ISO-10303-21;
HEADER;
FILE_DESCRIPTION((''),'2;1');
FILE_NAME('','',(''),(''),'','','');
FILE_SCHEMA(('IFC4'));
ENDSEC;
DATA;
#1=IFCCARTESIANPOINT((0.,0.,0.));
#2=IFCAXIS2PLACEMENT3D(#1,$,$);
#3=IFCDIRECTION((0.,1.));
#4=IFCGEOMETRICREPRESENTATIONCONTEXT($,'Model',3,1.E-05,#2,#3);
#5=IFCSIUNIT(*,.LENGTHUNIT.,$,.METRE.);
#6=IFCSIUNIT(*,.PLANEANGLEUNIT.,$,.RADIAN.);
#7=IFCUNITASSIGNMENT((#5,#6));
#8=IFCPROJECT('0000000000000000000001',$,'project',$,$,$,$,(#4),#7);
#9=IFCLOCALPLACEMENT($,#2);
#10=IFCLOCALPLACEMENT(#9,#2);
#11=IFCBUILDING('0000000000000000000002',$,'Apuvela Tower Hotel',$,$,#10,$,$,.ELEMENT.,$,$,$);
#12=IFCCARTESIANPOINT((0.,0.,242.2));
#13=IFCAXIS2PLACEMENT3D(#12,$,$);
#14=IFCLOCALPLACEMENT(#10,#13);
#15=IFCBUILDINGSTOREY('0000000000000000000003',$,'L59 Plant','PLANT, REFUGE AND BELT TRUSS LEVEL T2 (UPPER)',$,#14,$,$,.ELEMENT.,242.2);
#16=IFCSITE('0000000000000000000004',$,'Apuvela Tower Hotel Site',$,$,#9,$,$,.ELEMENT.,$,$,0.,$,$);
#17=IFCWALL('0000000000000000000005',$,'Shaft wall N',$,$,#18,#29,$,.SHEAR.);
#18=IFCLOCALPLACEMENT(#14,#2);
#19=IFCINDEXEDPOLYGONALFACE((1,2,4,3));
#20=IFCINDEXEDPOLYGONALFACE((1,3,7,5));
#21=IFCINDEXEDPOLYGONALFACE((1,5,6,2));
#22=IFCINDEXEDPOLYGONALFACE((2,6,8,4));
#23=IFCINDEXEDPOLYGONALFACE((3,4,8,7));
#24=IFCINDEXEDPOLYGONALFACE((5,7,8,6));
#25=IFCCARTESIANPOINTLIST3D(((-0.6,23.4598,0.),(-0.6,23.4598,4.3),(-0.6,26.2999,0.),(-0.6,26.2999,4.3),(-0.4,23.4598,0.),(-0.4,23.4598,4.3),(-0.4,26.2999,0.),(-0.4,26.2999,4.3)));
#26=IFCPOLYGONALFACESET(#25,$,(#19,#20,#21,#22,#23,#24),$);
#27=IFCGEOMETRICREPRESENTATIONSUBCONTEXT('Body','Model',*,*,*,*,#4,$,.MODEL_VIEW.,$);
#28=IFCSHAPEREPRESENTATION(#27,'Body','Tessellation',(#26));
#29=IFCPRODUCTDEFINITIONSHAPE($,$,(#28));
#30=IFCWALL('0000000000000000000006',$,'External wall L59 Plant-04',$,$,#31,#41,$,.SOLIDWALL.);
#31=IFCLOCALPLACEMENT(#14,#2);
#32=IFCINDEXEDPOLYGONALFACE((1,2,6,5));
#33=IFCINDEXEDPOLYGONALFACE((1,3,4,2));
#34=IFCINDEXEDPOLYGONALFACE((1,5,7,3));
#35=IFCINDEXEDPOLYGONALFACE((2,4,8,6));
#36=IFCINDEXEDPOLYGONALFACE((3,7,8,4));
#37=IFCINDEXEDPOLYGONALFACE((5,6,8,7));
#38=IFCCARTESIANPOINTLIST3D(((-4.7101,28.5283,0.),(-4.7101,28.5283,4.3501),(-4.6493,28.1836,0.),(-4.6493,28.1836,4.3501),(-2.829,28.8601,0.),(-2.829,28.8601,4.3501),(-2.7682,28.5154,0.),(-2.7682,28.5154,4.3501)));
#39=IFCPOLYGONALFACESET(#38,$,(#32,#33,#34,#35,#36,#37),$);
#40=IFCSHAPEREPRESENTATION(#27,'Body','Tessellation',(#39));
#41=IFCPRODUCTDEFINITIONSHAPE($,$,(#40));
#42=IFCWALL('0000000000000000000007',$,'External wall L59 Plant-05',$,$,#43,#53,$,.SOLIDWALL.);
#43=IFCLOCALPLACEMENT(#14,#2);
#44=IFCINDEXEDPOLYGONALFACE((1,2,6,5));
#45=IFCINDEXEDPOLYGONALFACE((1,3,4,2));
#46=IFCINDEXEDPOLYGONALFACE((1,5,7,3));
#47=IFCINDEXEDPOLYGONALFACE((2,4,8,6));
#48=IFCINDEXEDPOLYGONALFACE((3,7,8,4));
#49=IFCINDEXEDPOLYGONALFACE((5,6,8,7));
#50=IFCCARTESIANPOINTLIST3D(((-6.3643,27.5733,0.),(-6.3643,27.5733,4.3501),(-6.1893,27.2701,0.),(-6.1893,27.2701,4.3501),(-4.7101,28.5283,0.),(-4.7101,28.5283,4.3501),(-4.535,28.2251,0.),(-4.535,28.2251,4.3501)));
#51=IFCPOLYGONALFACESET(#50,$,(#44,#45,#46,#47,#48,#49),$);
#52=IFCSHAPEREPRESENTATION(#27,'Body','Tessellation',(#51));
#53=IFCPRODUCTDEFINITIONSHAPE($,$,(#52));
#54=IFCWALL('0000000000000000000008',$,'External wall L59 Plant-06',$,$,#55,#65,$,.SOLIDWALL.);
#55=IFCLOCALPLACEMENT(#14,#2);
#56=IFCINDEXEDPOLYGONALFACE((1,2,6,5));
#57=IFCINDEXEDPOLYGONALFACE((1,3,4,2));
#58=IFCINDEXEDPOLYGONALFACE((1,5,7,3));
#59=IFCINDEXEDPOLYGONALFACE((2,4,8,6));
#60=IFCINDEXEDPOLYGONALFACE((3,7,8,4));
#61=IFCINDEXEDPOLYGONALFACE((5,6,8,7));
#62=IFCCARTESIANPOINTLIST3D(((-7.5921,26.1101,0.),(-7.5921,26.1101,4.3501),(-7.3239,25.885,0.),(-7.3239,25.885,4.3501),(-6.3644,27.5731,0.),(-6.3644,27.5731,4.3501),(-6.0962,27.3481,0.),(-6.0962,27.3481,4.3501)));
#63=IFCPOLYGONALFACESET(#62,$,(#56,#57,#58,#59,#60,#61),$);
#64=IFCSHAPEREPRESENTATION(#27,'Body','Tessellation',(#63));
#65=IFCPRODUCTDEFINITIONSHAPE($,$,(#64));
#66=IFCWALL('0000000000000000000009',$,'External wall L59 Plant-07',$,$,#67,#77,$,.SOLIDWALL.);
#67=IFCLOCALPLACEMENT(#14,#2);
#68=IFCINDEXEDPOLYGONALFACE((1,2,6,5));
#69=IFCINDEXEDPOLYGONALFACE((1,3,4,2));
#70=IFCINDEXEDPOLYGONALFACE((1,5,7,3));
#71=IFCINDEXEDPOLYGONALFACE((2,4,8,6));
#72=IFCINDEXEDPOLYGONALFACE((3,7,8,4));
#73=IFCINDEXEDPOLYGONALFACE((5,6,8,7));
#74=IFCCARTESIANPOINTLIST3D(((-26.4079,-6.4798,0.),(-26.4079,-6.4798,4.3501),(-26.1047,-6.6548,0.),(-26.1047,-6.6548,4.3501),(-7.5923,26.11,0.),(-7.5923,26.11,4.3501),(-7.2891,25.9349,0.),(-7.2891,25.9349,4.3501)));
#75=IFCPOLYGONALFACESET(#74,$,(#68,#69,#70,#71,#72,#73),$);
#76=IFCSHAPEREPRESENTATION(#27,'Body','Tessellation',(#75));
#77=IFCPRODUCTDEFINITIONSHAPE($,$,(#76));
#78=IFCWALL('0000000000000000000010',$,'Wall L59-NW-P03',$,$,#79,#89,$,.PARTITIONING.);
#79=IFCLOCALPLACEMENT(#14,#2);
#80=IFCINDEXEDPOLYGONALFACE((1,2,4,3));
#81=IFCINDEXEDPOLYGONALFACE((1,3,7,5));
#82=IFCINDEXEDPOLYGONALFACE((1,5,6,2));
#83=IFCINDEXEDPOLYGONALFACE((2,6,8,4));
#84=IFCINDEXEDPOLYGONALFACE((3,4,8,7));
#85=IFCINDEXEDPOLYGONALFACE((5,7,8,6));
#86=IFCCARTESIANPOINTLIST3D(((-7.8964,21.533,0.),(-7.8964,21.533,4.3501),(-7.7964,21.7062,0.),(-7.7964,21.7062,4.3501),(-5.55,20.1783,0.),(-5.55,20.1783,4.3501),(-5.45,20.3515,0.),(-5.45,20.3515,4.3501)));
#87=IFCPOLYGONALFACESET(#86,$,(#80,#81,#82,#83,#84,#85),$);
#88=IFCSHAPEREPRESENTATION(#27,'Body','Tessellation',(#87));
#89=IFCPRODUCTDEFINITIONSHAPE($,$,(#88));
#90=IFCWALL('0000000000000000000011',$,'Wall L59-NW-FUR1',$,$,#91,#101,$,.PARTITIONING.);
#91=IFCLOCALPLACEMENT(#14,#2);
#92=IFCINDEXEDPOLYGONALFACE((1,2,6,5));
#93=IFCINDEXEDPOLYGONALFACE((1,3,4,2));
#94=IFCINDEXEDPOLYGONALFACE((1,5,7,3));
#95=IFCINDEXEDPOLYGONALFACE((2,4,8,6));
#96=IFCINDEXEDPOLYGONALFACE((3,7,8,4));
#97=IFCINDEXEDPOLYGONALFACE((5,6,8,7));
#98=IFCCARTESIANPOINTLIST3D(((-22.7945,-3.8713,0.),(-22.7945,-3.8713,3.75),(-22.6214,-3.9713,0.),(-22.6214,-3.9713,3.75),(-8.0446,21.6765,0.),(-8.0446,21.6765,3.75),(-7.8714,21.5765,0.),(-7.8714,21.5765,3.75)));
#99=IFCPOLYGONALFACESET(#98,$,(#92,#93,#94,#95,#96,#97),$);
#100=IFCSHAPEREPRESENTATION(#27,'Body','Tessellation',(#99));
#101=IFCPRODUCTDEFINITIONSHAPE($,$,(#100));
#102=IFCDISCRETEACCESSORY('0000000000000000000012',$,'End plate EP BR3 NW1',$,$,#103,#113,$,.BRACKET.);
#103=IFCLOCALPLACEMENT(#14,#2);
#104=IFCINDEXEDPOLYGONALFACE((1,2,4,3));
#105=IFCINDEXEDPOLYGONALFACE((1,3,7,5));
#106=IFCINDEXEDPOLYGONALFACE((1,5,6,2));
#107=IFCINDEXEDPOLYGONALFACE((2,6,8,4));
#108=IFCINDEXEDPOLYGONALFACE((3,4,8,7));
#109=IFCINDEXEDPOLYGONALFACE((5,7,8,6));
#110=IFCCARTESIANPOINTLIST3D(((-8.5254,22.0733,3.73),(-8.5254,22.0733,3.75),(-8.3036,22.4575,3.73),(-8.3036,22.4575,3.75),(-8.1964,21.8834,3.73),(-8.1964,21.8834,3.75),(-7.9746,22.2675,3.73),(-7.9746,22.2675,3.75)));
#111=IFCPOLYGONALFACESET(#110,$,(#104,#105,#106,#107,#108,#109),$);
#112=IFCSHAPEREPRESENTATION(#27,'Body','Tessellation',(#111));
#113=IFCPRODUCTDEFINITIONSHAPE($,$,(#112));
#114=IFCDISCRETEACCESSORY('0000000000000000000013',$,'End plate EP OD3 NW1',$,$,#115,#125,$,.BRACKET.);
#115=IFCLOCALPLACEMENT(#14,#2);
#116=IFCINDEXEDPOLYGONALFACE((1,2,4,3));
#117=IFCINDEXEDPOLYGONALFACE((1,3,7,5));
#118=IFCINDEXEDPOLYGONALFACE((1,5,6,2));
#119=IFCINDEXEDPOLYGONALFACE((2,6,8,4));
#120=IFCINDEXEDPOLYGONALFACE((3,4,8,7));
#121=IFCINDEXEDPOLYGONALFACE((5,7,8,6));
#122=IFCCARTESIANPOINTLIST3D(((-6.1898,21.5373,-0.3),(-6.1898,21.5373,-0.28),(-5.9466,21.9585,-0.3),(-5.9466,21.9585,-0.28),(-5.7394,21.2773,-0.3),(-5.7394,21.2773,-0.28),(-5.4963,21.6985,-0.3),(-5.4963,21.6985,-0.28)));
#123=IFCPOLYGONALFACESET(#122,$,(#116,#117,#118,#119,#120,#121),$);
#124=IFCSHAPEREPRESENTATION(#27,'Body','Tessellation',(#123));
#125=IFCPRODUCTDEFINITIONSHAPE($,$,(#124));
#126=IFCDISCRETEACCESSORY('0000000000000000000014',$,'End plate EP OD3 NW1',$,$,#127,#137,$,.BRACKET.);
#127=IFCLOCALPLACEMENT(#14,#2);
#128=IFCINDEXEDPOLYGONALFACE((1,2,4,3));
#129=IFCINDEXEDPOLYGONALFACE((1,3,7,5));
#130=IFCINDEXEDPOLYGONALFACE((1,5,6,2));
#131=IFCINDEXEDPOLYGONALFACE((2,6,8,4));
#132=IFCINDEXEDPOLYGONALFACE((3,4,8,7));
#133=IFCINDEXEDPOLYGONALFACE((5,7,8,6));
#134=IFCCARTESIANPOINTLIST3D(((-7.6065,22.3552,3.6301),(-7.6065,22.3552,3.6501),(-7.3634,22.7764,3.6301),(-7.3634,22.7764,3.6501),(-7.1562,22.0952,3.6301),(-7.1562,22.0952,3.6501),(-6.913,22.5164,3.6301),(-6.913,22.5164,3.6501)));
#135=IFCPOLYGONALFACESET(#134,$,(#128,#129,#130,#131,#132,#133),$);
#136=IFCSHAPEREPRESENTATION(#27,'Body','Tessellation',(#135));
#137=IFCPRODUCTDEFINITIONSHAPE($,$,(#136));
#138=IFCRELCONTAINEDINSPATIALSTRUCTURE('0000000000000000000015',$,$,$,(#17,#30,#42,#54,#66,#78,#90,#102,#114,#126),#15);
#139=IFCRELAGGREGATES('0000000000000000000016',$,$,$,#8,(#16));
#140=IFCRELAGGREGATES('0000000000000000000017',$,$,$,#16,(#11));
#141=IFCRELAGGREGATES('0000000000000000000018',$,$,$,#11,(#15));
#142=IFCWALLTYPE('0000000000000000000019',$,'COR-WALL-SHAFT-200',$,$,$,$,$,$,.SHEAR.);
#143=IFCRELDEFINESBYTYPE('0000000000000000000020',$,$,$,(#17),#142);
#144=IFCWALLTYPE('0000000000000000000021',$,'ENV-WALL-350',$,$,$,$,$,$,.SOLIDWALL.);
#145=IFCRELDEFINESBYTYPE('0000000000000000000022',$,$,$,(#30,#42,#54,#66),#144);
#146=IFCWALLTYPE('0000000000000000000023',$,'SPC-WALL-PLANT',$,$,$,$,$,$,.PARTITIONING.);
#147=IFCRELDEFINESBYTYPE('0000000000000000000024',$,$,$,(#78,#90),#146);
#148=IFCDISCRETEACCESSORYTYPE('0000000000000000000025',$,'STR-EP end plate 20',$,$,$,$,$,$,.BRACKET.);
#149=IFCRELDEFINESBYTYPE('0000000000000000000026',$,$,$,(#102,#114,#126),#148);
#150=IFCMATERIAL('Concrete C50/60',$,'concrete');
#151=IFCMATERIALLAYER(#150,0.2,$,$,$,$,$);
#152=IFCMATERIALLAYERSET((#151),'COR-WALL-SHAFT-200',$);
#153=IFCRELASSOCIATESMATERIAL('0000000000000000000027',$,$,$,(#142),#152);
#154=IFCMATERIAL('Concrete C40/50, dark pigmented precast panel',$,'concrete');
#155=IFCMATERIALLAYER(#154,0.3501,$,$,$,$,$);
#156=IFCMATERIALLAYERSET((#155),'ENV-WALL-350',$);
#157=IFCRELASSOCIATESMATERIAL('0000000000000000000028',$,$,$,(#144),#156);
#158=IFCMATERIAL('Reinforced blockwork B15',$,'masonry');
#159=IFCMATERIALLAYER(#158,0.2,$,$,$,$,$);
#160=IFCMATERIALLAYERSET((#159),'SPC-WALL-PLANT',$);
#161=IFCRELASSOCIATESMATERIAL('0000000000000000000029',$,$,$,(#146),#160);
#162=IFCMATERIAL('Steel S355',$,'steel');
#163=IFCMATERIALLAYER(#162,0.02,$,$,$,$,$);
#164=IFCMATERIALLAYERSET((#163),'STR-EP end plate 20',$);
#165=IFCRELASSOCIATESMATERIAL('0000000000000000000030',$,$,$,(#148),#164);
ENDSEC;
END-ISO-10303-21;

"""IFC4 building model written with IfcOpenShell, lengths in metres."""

from ifc_helpers import new_model, si_unit, direction, frame, frame_2d, origin, origin_2d, place, context, subcontext, project, spatial, rectangle, extrude, material, layer, layer_set, type_object, element, save


model = new_model("IFC4")

# Units and contexts
model_context = context("Model", 3, precision=1e-05, world=origin(), true_north=direction((0.0, 1.0)))
body_context = subcontext(model_context, "Body", "Model", "MODEL_VIEW")
ifc_project = project(units=[si_unit("LENGTHUNIT", "METRE"), si_unit("PLANEANGLEUNIT", "RADIAN")], contexts=[model_context])

# Site, building, storey
site_placement = place(None, origin())
site = spatial("IfcSite", under=ifc_project, at=site_placement, Name="Apuvela Tower Hotel Site", CompositionType="ELEMENT", RefElevation=0.0)
building_placement = place(site_placement, origin())
building = spatial("IfcBuilding", under=site, at=building_placement, Name="Apuvela Tower Hotel", CompositionType="ELEMENT")
storey_placement = place(building_placement, frame((0.0, 0.0, 242.2)))
storey = spatial("IfcBuildingStorey", under=building, at=storey_placement, Name="L59 Plant", Description="PLANT, REFUGE AND BELT TRUSS LEVEL T2 (UPPER)", CompositionType="ELEMENT", Elevation=242.2)

# Shared definitions
ifc_material_1 = material(Name="Steel S355", Category="steel")

# Shared definitions
ifc_material_2 = material(Name="Concrete C50/60", Category="concrete")
ifc_layer_1 = layer(ifc_material_2, 0.2)
ifc_layer_set_1 = layer_set([ifc_layer_1], Name="COR-WALL-SHAFT-200")
wall_type_1 = type_object("IfcWallType", Name="COR-WALL-SHAFT-200", PredefinedType="SHEAR", material=ifc_layer_set_1)

# Walls
wall_1_placement = place(storey_placement, frame((-0.5, 23.46, 0.0), z_axis=(0.0, 0.0, 1.0), x_axis=(0.0, 1.0, 0.0)))
element("IfcWall", 1, at=wall_1_placement, inside=storey, type_object=wall_type_1, Name="Shaft wall N", PredefinedType="SHEAR", context=body_context, shape_type="SweptSolid", body=[
    extrude(rectangle(XDim=2.8401, YDim=0.2, at=frame_2d((1.4199, 0.0))), origin(), (0.0, 0.0, 1.0), 4.3),
])
ifc_material_3 = material(Name="Concrete C40/50, dark pigmented precast panel", Category="concrete")
ifc_layer_2 = layer(ifc_material_3, 0.3501)
ifc_layer_set_2 = layer_set([ifc_layer_2], Name="ENV-WALL-350")
wall_type_2 = type_object("IfcWallType", Name="ENV-WALL-350", PredefinedType="SOLIDWALL", material=ifc_layer_set_2)
for number, where, z_axis, x_axis, name in (
    (2, (-2.7986, 28.6877, 0.0), (0.0, 0.0, 1.0), (-0.984799, -0.173698, 0.0), "External wall L59 Plant-04"),
    (3, (-4.6226, 28.3767, 0.0), (0.0, 0.0, 1.0), (-0.866032, -0.499988, 0.0), "External wall L59 Plant-05"),
):
    element("IfcWall", number, at=place(storey_placement, frame(where, z_axis=z_axis, x_axis=x_axis)), inside=storey, type_object=wall_type_2, Name=name, PredefinedType="SOLIDWALL", context=body_context, shape_type="SweptSolid", body=[
        extrude(rectangle(XDim=1.9102, YDim=0.3501, at=frame_2d((0.9551, 0.0))), origin(), (0.0, 0.0, 1.0), 4.3501),
    ])
wall_2_placement = place(storey_placement, frame((-6.2302, 27.4607, 0.0), z_axis=(0.0, 0.0, 1.0), x_axis=(-0.642808, -0.766027, 0.0)))
element("IfcWall", 4, at=wall_2_placement, inside=storey, type_object=wall_type_2, Name="External wall L59 Plant-06", PredefinedType="SOLIDWALL", context=body_context, shape_type="SweptSolid", body=[
    extrude(rectangle(XDim=1.9099, YDim=0.3501, at=frame_2d((0.9551, 0.0))), origin(), (0.0, 0.0, 1.0), 4.3501),
])
wall_3_placement = place(storey_placement, frame((-7.4407, 26.0225, 0.0), z_axis=(0.0, 0.0, 1.0), x_axis=(-0.499998, -0.866026, 0.0)))
element("IfcWall", 5, at=wall_3_placement, inside=storey, type_object=wall_type_2, Name="External wall L59 Plant-07", PredefinedType="SOLIDWALL", context=body_context, shape_type="SweptSolid", body=[
    extrude(rectangle(XDim=37.6313, YDim=0.3501, at=frame_2d((18.8157, 0.0))), origin(), (0.0, 0.0, 1.0), 4.3501),
])
ifc_material_4 = material(Name="Reinforced blockwork B15", Category="masonry")
ifc_layer_3 = layer(ifc_material_4, 0.2)
ifc_layer_set_3 = layer_set([ifc_layer_3], Name="SPC-WALL-PLANT")
wall_type_3 = type_object("IfcWallType", Name="SPC-WALL-PLANT", PredefinedType="PARTITIONING", material=ifc_layer_set_3)
wall_4_placement = place(storey_placement, frame((-7.8464, 21.6196, 0.0), z_axis=(0.0, 0.0, 1.0), x_axis=(0.866022, -0.500006, 0.0)))
element("IfcWall", 6, at=wall_4_placement, inside=storey, type_object=wall_type_3, Name="Wall L59-NW-P03", PredefinedType="PARTITIONING", context=body_context, shape_type="SweptSolid", body=[
    extrude(rectangle(XDim=2.7095, YDim=0.2, at=frame_2d((1.3547, 0.0))), origin(), (0.0, 0.0, 1.0), 4.3501),
])
wall_5_placement = place(storey_placement, frame((-7.958, 21.6265, 0.0), z_axis=(0.0, 0.0, 1.0), x_axis=(-0.499999, -0.866026, 0.0)))
element("IfcWall", 7, at=wall_5_placement, inside=storey, type_object=wall_type_3, Name="Wall L59-NW-FUR1", PredefinedType="PARTITIONING", context=body_context, shape_type="SweptSolid", body=[
    extrude(rectangle(XDim=29.5, YDim=0.2, at=frame_2d((14.75, 0.0))), origin(), (0.0, 0.0, 1.0), 3.75),
])

# Discrete accessories
ifc_layer_4 = layer(ifc_material_1, 0.02)
ifc_layer_set_4 = layer_set([ifc_layer_4], Name="STR-EP end plate 20")
discrete_accessory_type = type_object("IfcDiscreteAccessoryType", Name="STR-EP end plate 20", PredefinedType="BRACKET", material=ifc_layer_set_4)
discrete_accessory_placement = place(storey_placement, frame((-8.25, 22.1704, 3.73), z_axis=(0.0, 0.0, 1.0), x_axis=(0.5, 0.866025, 0.0)))
element("IfcDiscreteAccessory", 8, at=discrete_accessory_placement, inside=storey, type_object=discrete_accessory_type, Name="End plate EP BR3 NW1", PredefinedType="BRACKET", context=body_context, shape_type="SweptSolid", body=[
    extrude(rectangle(XDim=0.4436, YDim=0.3799, at=origin_2d()), origin(), (0.0, 0.0, 1.0), 0.02),
])
for number, where, z_axis, x_axis, name in (
    (9, (-5.843, 21.6179, -0.3), (0.0, 0.0, 1.0), (-0.866025, 0.5, 0.0), "End plate EP OD3 NW1"),
    (10, (-7.2598, 22.4358, 3.6301), (0.0, 0.0, 1.0), (-0.866025, 0.5, 0.0), "End plate EP OD3 NW1"),
):
    element("IfcDiscreteAccessory", number, at=place(storey_placement, frame(where, z_axis=z_axis, x_axis=x_axis)), inside=storey, type_object=discrete_accessory_type, Name=name, PredefinedType="BRACKET", context=body_context, shape_type="SweptSolid", body=[
        extrude(rectangle(XDim=0.52, YDim=0.4863, at=origin_2d()), origin(), (0.0, 0.0, 1.0), 0.02),
    ])

save(model, "model.ifc")
